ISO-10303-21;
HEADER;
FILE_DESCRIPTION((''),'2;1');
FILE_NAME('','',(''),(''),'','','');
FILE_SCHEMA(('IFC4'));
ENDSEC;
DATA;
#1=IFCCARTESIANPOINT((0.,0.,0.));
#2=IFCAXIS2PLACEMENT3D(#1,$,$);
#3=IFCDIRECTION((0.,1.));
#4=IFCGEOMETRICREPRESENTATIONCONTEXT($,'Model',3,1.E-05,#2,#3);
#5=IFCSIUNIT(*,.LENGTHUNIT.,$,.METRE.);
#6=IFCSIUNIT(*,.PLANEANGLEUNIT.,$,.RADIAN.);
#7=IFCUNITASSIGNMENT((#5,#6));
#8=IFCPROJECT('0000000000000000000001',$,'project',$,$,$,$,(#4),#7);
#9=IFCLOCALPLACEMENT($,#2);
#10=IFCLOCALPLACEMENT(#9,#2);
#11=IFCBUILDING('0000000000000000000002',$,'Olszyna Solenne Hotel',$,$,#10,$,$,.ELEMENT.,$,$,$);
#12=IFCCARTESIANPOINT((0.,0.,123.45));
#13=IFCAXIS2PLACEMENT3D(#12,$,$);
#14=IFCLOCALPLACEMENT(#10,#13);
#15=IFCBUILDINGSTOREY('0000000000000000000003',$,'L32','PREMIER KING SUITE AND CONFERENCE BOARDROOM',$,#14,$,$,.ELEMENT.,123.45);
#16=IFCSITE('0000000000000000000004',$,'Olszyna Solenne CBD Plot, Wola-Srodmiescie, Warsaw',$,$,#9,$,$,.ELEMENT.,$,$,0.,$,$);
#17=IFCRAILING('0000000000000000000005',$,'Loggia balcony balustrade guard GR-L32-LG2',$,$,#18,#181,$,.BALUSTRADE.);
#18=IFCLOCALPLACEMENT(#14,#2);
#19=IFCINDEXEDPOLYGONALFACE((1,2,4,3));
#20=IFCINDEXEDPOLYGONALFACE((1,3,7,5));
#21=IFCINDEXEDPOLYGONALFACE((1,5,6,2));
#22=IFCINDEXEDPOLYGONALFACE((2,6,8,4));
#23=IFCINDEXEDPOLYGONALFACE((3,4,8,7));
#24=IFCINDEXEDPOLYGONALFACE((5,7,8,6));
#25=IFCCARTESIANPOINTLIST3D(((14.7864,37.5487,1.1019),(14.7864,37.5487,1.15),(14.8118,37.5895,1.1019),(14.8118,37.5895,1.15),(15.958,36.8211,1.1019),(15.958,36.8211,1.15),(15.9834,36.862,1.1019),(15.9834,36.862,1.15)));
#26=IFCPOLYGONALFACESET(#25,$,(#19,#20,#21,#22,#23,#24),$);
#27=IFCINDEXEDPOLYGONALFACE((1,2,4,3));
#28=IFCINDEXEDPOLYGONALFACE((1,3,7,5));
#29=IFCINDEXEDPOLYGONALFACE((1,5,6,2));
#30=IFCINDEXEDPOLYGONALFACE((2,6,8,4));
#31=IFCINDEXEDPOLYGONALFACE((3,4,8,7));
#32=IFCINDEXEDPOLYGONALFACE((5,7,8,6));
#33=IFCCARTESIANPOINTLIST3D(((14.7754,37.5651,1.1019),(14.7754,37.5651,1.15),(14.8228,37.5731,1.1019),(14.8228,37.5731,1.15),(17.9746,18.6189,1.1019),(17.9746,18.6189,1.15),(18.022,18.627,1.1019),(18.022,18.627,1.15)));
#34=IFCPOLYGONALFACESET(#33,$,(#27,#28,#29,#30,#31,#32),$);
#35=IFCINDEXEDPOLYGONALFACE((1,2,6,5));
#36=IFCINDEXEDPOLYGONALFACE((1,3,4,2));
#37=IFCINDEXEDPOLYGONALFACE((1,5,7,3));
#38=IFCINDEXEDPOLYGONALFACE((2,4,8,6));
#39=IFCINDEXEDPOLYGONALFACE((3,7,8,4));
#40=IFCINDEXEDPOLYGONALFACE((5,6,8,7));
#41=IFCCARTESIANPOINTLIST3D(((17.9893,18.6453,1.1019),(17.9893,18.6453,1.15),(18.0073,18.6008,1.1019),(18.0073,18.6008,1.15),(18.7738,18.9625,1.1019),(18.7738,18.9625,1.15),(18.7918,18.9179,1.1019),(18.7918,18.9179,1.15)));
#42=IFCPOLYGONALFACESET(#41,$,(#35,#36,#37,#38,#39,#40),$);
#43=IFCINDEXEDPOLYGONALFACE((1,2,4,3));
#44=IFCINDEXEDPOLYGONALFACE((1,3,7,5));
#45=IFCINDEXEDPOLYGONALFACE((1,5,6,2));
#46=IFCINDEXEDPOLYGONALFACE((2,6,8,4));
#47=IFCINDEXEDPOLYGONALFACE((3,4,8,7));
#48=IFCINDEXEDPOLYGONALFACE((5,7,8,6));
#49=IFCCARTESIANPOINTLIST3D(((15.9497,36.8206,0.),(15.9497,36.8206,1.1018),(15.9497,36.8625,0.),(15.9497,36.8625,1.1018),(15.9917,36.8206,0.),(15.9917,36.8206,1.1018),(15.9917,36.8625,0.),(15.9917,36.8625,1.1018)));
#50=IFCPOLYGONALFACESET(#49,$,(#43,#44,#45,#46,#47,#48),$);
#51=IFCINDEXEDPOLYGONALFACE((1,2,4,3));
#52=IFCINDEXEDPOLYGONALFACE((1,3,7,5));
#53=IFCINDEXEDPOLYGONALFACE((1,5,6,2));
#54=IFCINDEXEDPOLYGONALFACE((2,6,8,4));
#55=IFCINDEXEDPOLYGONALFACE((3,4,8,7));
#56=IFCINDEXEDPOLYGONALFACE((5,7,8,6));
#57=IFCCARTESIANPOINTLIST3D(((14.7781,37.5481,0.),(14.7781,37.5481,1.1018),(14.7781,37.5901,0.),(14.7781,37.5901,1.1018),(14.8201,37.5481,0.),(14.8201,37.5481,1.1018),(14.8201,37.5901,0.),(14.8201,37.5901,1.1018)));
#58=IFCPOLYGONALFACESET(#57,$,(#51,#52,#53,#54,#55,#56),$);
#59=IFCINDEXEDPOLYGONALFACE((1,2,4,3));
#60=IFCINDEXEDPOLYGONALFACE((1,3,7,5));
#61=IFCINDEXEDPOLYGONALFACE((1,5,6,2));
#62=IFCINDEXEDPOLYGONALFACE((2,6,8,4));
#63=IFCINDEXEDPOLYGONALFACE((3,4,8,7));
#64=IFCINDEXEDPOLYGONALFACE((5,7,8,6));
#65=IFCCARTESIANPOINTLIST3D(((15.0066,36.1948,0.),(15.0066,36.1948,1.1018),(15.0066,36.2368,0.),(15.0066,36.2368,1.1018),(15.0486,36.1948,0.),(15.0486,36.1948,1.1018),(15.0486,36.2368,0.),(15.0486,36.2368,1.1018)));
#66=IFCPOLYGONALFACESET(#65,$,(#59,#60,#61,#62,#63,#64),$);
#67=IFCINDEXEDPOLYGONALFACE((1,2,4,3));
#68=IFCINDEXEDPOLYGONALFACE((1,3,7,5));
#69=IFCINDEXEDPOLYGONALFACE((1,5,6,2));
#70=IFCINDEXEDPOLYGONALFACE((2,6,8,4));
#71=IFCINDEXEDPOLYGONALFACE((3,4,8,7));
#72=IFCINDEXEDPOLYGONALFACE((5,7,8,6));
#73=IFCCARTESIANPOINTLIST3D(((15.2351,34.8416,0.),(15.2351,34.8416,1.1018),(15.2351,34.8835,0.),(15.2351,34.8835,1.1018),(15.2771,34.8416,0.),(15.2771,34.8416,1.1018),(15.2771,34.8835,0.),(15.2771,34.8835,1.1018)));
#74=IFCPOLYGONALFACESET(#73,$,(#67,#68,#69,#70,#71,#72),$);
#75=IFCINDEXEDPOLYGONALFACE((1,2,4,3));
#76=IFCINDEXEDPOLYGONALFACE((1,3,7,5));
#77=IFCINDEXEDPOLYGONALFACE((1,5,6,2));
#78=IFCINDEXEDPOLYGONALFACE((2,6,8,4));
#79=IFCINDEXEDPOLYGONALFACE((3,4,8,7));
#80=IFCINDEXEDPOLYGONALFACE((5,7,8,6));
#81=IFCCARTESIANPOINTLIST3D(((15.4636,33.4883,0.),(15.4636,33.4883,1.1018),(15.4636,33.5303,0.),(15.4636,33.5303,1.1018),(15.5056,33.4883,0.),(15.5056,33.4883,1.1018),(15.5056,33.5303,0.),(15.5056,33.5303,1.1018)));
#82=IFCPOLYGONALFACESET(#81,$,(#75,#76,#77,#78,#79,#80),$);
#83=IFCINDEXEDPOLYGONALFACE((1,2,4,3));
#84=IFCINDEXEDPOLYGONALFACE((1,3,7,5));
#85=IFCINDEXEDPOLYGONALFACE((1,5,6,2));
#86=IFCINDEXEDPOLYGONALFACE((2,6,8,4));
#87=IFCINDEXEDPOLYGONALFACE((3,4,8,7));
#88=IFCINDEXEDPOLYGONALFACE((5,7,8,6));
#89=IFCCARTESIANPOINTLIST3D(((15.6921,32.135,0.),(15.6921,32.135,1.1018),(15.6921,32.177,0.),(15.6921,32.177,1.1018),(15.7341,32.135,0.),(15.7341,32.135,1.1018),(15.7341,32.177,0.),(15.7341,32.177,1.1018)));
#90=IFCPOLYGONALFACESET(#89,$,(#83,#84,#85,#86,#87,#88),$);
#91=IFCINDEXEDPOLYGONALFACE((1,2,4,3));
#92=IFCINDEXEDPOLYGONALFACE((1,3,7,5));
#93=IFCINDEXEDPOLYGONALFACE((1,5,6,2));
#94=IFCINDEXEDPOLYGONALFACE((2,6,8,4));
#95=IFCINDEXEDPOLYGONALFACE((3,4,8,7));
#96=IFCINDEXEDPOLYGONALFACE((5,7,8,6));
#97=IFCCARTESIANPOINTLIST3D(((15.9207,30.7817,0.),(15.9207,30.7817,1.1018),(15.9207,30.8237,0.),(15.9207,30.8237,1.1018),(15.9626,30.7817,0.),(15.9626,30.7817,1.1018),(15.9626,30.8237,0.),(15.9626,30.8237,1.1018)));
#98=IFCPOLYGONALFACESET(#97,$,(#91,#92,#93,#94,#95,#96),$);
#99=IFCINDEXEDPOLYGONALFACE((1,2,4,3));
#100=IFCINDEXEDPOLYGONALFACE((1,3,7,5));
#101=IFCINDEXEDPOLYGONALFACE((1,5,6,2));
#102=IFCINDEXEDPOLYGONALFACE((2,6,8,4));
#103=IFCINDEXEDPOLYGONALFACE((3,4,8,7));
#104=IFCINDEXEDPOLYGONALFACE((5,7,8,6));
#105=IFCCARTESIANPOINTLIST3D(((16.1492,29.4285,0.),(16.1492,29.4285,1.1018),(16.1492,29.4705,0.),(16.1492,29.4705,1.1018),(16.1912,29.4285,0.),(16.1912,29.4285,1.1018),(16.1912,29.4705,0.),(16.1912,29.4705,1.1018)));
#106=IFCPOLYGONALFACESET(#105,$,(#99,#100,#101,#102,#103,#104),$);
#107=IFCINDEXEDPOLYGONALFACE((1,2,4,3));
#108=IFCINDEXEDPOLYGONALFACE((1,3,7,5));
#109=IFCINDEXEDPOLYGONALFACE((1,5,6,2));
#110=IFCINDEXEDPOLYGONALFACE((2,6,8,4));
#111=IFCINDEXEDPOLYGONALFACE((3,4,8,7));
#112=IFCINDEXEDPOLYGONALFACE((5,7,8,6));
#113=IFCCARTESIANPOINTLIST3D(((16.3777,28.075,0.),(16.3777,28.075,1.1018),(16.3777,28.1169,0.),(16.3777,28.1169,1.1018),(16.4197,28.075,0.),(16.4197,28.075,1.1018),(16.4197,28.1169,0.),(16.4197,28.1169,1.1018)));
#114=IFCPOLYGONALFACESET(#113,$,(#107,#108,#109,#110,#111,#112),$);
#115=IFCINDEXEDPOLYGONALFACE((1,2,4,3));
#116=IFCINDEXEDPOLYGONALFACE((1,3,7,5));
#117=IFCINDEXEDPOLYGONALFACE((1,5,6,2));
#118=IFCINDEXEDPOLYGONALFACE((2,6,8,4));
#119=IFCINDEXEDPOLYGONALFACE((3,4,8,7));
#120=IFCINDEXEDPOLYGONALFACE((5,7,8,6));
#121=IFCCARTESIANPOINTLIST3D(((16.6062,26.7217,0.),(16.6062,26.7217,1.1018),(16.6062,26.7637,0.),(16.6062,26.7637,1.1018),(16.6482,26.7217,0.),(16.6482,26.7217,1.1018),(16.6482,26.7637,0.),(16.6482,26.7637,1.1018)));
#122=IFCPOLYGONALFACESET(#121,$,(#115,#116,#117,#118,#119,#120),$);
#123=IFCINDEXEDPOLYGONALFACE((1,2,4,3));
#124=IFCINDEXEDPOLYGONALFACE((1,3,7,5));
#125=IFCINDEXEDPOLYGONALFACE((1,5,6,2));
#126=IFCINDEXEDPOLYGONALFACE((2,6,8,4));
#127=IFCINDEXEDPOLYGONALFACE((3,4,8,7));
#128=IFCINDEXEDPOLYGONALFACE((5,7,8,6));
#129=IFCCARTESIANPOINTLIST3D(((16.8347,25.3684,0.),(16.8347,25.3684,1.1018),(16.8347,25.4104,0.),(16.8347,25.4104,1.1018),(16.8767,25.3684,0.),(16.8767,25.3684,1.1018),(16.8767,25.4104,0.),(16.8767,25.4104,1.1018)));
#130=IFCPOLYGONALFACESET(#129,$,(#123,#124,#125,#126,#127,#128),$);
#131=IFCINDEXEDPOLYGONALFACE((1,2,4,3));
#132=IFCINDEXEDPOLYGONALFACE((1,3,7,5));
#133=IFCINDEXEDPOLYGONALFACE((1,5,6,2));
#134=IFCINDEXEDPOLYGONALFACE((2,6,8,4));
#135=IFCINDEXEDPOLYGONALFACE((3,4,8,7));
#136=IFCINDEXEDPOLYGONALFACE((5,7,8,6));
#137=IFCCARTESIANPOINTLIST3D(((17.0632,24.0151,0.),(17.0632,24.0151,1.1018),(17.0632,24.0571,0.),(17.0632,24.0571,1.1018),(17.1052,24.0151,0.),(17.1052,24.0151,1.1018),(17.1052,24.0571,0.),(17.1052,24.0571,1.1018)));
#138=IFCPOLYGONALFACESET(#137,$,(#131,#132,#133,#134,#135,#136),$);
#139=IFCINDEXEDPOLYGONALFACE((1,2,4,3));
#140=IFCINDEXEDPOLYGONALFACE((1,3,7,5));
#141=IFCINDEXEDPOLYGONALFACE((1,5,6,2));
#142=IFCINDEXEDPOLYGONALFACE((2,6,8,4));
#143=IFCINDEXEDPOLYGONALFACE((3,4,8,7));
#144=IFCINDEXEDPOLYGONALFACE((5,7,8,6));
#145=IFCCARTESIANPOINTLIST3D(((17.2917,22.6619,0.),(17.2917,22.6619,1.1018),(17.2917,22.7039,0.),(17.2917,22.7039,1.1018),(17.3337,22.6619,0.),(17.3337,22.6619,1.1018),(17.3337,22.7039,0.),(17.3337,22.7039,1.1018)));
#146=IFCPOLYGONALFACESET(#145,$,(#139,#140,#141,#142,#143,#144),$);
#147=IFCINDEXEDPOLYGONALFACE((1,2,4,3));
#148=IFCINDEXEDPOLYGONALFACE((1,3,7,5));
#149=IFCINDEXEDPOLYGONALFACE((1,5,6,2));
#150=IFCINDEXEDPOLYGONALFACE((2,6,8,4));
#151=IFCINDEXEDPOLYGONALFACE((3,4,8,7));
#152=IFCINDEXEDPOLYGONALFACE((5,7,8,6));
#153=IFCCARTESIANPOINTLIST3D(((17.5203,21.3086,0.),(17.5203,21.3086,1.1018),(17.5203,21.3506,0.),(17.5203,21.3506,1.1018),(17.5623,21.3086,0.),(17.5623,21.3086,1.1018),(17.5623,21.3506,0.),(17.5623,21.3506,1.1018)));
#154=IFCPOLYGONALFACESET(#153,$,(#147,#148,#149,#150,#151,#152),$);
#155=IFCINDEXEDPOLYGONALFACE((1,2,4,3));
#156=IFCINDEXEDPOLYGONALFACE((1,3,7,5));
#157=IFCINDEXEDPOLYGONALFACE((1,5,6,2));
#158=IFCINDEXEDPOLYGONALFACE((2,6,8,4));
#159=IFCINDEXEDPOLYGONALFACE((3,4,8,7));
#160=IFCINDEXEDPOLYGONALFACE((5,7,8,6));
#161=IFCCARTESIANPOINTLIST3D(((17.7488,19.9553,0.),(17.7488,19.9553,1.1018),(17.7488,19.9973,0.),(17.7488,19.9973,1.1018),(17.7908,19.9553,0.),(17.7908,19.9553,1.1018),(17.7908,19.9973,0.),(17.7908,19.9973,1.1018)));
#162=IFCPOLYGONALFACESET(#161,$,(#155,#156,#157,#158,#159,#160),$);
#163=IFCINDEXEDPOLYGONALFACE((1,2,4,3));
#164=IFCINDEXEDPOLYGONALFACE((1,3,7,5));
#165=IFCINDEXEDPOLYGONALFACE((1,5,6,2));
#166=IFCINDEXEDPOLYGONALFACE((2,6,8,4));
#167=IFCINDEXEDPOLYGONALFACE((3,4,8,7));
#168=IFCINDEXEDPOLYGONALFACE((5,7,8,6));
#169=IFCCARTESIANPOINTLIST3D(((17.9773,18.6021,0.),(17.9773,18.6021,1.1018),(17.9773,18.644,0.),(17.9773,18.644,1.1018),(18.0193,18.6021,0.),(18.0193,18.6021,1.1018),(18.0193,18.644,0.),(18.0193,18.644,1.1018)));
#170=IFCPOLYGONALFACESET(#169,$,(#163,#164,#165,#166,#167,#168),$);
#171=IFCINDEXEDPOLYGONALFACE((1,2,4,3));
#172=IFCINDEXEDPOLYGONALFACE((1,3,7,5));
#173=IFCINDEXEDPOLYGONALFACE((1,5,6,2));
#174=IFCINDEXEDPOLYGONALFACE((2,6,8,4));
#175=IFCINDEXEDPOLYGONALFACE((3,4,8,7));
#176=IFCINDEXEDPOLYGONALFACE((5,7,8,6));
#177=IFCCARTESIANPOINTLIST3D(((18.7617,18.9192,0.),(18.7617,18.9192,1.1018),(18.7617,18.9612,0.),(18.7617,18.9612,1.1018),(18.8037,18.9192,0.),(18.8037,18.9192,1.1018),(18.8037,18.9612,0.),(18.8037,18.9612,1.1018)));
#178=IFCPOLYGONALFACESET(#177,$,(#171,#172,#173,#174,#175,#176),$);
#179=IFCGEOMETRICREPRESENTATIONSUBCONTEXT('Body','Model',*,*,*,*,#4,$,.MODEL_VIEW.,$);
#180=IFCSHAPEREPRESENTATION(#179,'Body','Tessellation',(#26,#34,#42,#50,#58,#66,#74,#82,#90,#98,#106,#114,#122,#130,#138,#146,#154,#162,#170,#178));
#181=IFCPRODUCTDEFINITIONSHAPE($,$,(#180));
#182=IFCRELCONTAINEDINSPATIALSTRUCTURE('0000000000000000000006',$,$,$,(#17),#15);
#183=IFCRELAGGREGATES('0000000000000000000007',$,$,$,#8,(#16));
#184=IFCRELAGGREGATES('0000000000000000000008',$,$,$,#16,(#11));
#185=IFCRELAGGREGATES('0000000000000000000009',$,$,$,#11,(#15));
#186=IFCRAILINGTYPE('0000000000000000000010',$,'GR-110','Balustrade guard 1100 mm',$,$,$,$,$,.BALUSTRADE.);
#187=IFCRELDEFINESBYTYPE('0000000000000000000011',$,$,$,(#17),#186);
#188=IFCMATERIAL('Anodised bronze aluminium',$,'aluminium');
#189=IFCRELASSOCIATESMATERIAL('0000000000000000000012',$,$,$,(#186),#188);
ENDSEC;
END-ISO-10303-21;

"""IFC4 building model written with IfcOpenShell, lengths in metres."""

from ifc_helpers import new_model, si_unit, direction, frame, origin, origin_2d, place, context, subcontext, project, spatial, rectangle, extrude, material, type_object, element, save


model = new_model("IFC4")

# Units and contexts
model_context = context("Model", 3, precision=1e-05, world=origin(), true_north=direction((0.0, 1.0)))
body_context = subcontext(model_context, "Body", "Model", "MODEL_VIEW")
ifc_project = project(units=[si_unit("LENGTHUNIT", "METRE"), si_unit("PLANEANGLEUNIT", "RADIAN")], contexts=[model_context])

# Site, building, storey
site_placement = place(None, origin())
site = spatial("IfcSite", under=ifc_project, at=site_placement, Name="Olszyna Solenne CBD Plot, Wola-Srodmiescie, Warsaw", CompositionType="ELEMENT", RefElevation=0.0)
building_placement = place(site_placement, origin())
building = spatial("IfcBuilding", under=site, at=building_placement, Name="Olszyna Solenne Hotel", CompositionType="ELEMENT")
storey_placement = place(building_placement, frame((0.0, 0.0, 123.45)))
storey = spatial("IfcBuildingStorey", under=building, at=storey_placement, Name="L32", Description="PREMIER KING SUITE AND CONFERENCE BOARDROOM", CompositionType="ELEMENT", Elevation=123.45)

# Shared definitions
ifc_material_1 = material(Name="Anodised bronze aluminium", Category="aluminium")

# Railing
railing_type = type_object("IfcRailingType", Name="GR-110", Description="Balustrade guard 1100 mm", PredefinedType="BALUSTRADE", material=ifc_material_1)
railing_placement = place(storey_placement, frame((15.9707, 36.8416, 0.0)))
element("IfcRailing", 1, at=railing_placement, inside=storey, type_object=railing_type, Name="Loggia balcony balustrade guard GR-L32-LG2", PredefinedType="BALUSTRADE", context=body_context, shape_type="SweptSolid", body=[
    extrude(rectangle(XDim=0.0481, YDim=0.0481, at=origin_2d()), frame((0.0, 0.0, 1.126), z_axis=(-0.849536, 0.52753, 0.0), x_axis=(-0.52753, -0.849536, 0.0)), (0.0, 0.0, 1.0), 1.3792),
    extrude(rectangle(XDim=0.0481, YDim=0.0481, at=origin_2d()), frame((-1.1716, 0.7275, 1.126), z_axis=(0.166502, -0.986041, 0.0), x_axis=(0.986041, 0.166502, 0.0)), (0.0, 0.0, 1.0), 19.2144),
    extrude(rectangle(XDim=0.0481, YDim=0.0481, at=origin_2d()), frame((2.0276, -18.2185, 1.126), z_axis=(0.927097, 0.374821, 0.0), x_axis=(-0.374821, 0.927097, 0.0)), (0.0, 0.0, 1.0), 0.8462),
    extrude(rectangle(XDim=0.042, YDim=0.042, at=origin_2d()), origin(), (0.0, 0.0, 1.0), 1.1018),
    extrude(rectangle(XDim=0.042, YDim=0.042, at=origin_2d()), frame((-1.1716, 0.7275, 0.0)), (0.0, 0.0, 1.0), 1.1018),
    extrude(rectangle(XDim=0.042, YDim=0.042, at=origin_2d()), frame((-0.9431, -0.6257, 0.0)), (0.0, 0.0, 1.0), 1.1018),
    extrude(rectangle(XDim=0.042, YDim=0.042, at=origin_2d()), frame((-0.7146, -1.979, 0.0)), (0.0, 0.0, 1.0), 1.1018),
    extrude(rectangle(XDim=0.042, YDim=0.042, at=origin_2d()), frame((-0.4861, -3.3323, 0.0)), (0.0, 0.0, 1.0), 1.1018),
    extrude(rectangle(XDim=0.042, YDim=0.042, at=origin_2d()), frame((-0.2576, -4.6855, 0.0)), (0.0, 0.0, 1.0), 1.1018),
    extrude(rectangle(XDim=0.042, YDim=0.042, at=origin_2d()), frame((-0.0291, -6.0388, 0.0)), (0.0, 0.0, 1.0), 1.1018),
    extrude(rectangle(XDim=0.042, YDim=0.042, at=origin_2d()), frame((0.1995, -7.3921, 0.0)), (0.0, 0.0, 1.0), 1.1018),
    extrude(rectangle(XDim=0.042, YDim=0.042, at=origin_2d()), frame((0.428, -8.7456, 0.0)), (0.0, 0.0, 1.0), 1.1018),
    extrude(rectangle(XDim=0.042, YDim=0.042, at=origin_2d()), frame((0.6565, -10.0989, 0.0)), (0.0, 0.0, 1.0), 1.1018),
    extrude(rectangle(XDim=0.042, YDim=0.042, at=origin_2d()), frame((0.885, -11.4521, 0.0)), (0.0, 0.0, 1.0), 1.1018),
    extrude(rectangle(XDim=0.042, YDim=0.042, at=origin_2d()), frame((1.1135, -12.8054, 0.0)), (0.0, 0.0, 1.0), 1.1018),
    extrude(rectangle(XDim=0.042, YDim=0.042, at=origin_2d()), frame((1.342, -14.1587, 0.0)), (0.0, 0.0, 1.0), 1.1018),
    extrude(rectangle(XDim=0.042, YDim=0.042, at=origin_2d()), frame((1.5706, -15.512, 0.0)), (0.0, 0.0, 1.0), 1.1018),
    extrude(rectangle(XDim=0.042, YDim=0.042, at=origin_2d()), frame((1.7991, -16.8652, 0.0)), (0.0, 0.0, 1.0), 1.1018),
    extrude(rectangle(XDim=0.042, YDim=0.042, at=origin_2d()), frame((2.0276, -18.2185, 0.0)), (0.0, 0.0, 1.0), 1.1018),
    extrude(rectangle(XDim=0.042, YDim=0.042, at=origin_2d()), frame((2.812, -17.9014, 0.0)), (0.0, 0.0, 1.0), 1.1018),
])

save(model, "model.ifc")
